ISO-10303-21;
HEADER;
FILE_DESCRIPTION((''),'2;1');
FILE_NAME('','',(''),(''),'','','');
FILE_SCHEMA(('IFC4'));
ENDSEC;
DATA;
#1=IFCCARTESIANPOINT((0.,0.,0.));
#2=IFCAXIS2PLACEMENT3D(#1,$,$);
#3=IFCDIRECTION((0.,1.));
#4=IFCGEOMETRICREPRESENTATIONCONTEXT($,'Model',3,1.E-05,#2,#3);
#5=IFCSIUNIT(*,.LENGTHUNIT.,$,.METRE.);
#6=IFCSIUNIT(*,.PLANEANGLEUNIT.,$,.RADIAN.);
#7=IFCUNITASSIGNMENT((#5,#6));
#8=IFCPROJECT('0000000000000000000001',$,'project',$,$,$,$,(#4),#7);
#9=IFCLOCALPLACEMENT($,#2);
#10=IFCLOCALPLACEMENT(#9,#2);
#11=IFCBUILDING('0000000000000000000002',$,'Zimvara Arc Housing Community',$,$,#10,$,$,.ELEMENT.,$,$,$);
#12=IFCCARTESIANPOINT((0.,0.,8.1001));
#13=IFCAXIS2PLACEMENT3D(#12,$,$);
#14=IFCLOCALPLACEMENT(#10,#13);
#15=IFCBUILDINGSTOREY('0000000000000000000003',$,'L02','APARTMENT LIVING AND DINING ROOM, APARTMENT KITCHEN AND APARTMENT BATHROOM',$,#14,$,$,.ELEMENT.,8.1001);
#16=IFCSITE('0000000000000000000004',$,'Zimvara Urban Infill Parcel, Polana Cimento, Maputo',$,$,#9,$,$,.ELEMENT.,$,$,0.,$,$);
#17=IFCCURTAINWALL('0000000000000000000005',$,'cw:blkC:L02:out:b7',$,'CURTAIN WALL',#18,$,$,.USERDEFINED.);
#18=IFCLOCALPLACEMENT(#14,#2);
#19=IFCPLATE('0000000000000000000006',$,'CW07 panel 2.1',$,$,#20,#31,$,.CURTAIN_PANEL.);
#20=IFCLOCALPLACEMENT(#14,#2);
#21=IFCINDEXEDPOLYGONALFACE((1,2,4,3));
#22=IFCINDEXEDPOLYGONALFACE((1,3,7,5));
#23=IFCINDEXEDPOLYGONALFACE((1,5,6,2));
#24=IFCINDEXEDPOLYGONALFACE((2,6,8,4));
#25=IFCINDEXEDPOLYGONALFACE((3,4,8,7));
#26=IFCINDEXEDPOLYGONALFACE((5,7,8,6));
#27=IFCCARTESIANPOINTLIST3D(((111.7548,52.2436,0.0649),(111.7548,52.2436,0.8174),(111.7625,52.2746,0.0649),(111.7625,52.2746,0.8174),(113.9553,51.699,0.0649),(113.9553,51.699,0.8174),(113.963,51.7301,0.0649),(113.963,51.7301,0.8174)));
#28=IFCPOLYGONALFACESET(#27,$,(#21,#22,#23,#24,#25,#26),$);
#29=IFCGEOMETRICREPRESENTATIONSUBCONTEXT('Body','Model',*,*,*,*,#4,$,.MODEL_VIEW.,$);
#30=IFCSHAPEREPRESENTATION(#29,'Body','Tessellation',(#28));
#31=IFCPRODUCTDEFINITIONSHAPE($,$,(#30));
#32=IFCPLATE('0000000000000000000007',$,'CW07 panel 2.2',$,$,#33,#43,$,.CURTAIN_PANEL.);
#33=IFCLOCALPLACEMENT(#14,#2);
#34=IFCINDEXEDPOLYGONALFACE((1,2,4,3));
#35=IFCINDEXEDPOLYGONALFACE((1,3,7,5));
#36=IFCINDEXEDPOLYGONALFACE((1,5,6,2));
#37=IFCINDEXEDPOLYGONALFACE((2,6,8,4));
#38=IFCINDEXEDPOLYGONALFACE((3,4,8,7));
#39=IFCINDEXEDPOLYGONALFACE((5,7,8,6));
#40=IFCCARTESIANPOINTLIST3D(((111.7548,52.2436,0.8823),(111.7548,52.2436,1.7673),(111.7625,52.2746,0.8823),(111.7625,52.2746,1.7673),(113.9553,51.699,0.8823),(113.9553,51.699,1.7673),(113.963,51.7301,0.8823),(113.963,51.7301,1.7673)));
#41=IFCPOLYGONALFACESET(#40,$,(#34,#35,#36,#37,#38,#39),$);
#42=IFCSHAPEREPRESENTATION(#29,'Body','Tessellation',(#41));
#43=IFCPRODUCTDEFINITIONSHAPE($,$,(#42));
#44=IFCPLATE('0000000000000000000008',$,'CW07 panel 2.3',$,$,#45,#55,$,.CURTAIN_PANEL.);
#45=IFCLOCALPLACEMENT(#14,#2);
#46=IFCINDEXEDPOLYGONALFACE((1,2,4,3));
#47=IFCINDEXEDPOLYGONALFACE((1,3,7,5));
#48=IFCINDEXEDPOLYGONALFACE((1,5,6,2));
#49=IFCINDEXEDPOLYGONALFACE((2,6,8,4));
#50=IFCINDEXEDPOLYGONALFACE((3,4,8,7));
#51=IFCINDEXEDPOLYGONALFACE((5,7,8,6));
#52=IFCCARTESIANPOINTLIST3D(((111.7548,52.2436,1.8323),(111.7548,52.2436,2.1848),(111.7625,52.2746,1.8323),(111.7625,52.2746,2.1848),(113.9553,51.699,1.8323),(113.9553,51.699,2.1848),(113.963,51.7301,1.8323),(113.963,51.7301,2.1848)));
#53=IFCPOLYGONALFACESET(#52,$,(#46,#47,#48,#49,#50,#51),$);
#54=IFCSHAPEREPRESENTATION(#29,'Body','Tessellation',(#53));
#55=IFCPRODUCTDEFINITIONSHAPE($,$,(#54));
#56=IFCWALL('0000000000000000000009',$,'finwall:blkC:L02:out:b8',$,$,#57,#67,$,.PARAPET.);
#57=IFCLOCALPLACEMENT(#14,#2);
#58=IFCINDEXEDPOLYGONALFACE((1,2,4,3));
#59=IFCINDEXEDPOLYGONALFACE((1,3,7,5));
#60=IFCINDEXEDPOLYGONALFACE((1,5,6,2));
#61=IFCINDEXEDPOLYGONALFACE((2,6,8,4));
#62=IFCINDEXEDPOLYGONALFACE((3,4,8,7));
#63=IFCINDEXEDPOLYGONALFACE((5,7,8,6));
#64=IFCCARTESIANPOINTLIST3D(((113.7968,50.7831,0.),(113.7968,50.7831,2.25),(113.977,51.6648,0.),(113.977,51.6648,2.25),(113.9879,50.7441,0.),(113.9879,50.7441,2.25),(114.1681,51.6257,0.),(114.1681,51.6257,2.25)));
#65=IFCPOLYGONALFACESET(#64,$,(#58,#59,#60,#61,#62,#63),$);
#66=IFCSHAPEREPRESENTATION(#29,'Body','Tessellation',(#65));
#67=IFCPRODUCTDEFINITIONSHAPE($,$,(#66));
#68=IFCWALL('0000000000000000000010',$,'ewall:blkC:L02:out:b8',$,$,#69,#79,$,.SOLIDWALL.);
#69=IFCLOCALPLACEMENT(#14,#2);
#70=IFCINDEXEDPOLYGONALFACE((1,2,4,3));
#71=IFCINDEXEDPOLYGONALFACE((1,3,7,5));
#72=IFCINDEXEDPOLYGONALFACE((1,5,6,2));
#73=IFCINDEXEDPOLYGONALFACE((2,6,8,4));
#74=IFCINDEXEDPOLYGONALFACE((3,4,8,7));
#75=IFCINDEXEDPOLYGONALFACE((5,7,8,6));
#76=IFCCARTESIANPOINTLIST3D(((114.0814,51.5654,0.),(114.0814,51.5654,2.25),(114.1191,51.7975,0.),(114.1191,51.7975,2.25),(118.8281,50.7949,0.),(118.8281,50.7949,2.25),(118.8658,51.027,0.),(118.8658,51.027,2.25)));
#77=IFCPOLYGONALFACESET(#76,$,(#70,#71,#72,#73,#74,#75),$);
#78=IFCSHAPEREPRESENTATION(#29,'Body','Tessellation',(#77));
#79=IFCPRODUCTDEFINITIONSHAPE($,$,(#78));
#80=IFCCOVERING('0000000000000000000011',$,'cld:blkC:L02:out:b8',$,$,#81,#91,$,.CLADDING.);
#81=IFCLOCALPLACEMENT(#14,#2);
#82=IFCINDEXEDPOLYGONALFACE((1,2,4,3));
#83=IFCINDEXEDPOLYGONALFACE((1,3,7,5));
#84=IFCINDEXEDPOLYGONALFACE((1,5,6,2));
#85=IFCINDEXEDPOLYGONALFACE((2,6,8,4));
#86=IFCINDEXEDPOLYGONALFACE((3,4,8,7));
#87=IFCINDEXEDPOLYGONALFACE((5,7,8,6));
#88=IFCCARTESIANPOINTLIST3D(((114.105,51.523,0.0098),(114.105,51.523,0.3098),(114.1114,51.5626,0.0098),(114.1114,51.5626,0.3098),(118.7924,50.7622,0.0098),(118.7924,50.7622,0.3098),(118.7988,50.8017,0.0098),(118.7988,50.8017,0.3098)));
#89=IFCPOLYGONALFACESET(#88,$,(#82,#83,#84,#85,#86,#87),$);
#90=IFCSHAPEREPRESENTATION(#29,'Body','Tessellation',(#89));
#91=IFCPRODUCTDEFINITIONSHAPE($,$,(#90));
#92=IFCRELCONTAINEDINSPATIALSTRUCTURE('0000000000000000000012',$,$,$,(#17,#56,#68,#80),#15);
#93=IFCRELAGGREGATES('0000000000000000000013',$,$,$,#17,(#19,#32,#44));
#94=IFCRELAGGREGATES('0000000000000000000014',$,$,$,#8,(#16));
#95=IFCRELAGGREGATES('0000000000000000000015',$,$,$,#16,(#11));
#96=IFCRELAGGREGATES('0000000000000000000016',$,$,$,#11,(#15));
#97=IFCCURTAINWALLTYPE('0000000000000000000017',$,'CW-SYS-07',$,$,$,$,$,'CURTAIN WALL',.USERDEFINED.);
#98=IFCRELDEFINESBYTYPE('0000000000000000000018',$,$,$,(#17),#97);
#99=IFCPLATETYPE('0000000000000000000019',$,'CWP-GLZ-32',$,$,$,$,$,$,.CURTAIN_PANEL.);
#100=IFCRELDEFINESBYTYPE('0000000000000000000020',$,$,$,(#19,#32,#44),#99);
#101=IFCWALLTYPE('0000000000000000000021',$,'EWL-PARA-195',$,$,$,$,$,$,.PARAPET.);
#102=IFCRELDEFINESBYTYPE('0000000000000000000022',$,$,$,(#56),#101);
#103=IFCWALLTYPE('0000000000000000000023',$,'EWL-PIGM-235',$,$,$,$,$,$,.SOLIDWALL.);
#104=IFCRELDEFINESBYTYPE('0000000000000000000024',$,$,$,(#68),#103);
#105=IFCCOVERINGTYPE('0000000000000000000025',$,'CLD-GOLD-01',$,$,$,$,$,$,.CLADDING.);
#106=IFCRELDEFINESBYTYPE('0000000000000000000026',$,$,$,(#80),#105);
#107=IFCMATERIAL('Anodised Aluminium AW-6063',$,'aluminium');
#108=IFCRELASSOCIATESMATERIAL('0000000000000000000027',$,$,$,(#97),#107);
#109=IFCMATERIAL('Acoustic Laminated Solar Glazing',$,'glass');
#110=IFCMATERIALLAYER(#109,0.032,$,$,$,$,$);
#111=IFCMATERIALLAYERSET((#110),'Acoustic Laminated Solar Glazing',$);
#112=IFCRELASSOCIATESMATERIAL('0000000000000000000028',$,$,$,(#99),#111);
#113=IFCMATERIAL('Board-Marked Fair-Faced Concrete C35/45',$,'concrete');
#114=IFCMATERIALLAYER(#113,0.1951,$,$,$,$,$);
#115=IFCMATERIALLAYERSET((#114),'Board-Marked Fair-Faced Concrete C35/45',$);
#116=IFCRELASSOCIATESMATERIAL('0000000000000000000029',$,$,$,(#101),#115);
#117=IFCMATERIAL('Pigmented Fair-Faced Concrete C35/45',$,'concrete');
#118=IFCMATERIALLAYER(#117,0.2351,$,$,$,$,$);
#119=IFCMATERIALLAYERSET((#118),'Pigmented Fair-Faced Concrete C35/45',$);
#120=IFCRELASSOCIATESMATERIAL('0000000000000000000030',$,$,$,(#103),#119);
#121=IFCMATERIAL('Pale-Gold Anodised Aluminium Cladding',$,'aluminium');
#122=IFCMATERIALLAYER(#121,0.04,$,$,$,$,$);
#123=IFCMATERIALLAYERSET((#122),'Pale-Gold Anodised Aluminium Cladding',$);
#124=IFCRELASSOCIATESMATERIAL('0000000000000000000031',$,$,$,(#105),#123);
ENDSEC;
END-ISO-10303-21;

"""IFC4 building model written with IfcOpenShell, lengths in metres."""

from ifc_helpers import new_model, si_unit, direction, frame, frame_2d, origin, origin_2d, place, context, subcontext, project, spatial, rectangle, extrude, material, layer, layer_set, type_object, element, aggregate, save


model = new_model("IFC4")

# Units and contexts
model_context = context("Model", 3, precision=1e-05, world=origin(), true_north=direction((0.0, 1.0)))
body_context = subcontext(model_context, "Body", "Model", "MODEL_VIEW")
ifc_project = project(units=[si_unit("LENGTHUNIT", "METRE"), si_unit("PLANEANGLEUNIT", "RADIAN")], contexts=[model_context])

# Site, building, storey
site_placement = place(None, origin())
site = spatial("IfcSite", under=ifc_project, at=site_placement, Name="Zimvara Urban Infill Parcel, Polana Cimento, Maputo", CompositionType="ELEMENT", RefElevation=0.0)
building_placement = place(site_placement, origin())
building = spatial("IfcBuilding", under=site, at=building_placement, Name="Zimvara Arc Housing Community", CompositionType="ELEMENT")
storey_placement = place(building_placement, frame((0.0, 0.0, 8.1001)))
storey = spatial("IfcBuildingStorey", under=building, at=storey_placement, Name="L02", Description="APARTMENT LIVING AND DINING ROOM, APARTMENT KITCHEN AND APARTMENT BATHROOM", CompositionType="ELEMENT", Elevation=8.1001)

# Curtain wall
ifc_material_1 = material(Name="Anodised Aluminium AW-6063", Category="aluminium")
curtain_wall_type_1 = type_object("IfcCurtainWallType", Name="CW-SYS-07", ElementType="CURTAIN WALL", PredefinedType="USERDEFINED", material=ifc_material_1)
curtain_wall_1_placement = place(storey_placement, origin())
curtain_wall_1 = element("IfcCurtainWall", 1, at=curtain_wall_1_placement, inside=storey, type_object=curtain_wall_type_1, Name="cw:blkC:L02:out:b7", ObjectType="CURTAIN WALL", PredefinedType="USERDEFINED")

# Plates
ifc_material_2 = material(Name="Acoustic Laminated Solar Glazing", Category="glass")
ifc_layer_1 = layer(ifc_material_2, 0.032)
ifc_layer_set_1 = layer_set([ifc_layer_1], Name="Acoustic Laminated Solar Glazing")
plate_type_1 = type_object("IfcPlateType", Name="CWP-GLZ-32", PredefinedType="CURTAIN_PANEL", material=ifc_layer_set_1)
plate_1_placement = place(storey_placement, frame((112.8589, 51.9868, 0.0649), z_axis=(0.0, 0.0, 1.0), x_axis=(0.970716, -0.24023, 0.0)))
plate_1 = element("IfcPlate", 2, at=plate_1_placement, type_object=plate_type_1, Name="CW07 panel 2.1", PredefinedType="CURTAIN_PANEL", context=body_context, shape_type="SweptSolid", body=[
    extrude(rectangle(XDim=2.2668, YDim=0.032, at=origin_2d()), origin(), (0.0, 0.0, 1.0), 0.7524),
])
plate_2_placement = place(storey_placement, frame((112.8589, 51.9868, 0.8823), z_axis=(0.0, 0.0, 1.0), x_axis=(0.970716, -0.24023, 0.0)))
plate_2 = element("IfcPlate", 3, at=plate_2_placement, type_object=plate_type_1, Name="CW07 panel 2.2", PredefinedType="CURTAIN_PANEL", context=body_context, shape_type="SweptSolid", body=[
    extrude(rectangle(XDim=2.2668, YDim=0.032, at=origin_2d()), origin(), (0.0, 0.0, 1.0), 0.885),
])
plate_3_placement = place(storey_placement, frame((112.8589, 51.9868, 1.8323), z_axis=(0.0, 0.0, 1.0), x_axis=(0.970716, -0.24023, 0.0)))
plate_3 = element("IfcPlate", 4, at=plate_3_placement, type_object=plate_type_1, Name="CW07 panel 2.3", PredefinedType="CURTAIN_PANEL", context=body_context, shape_type="SweptSolid", body=[
    extrude(rectangle(XDim=2.2668, YDim=0.032, at=origin_2d()), origin(), (0.0, 0.0, 1.0), 0.3525),
])
aggregate(curtain_wall_1, [plate_1, plate_2, plate_3])

# Walls
ifc_material_3 = material(Name="Board-Marked Fair-Faced Concrete C35/45", Category="concrete")
ifc_layer_2 = layer(ifc_material_3, 0.1951)
ifc_layer_set_2 = layer_set([ifc_layer_2], Name="Board-Marked Fair-Faced Concrete C35/45")
wall_type_1 = type_object("IfcWallType", Name="EWL-PARA-195", PredefinedType="PARAPET", material=ifc_layer_set_2)
wall_1_placement = place(storey_placement, frame((114.0725, 51.6453, 0.0), z_axis=(0.0, 0.0, 1.0), x_axis=(-0.200236, -0.979748, 0.0)))
element("IfcWall", 5, at=wall_1_placement, inside=storey, type_object=wall_type_1, Name="finwall:blkC:L02:out:b8", PredefinedType="PARAPET", context=body_context, shape_type="SweptSolid", body=[
    extrude(rectangle(XDim=0.8999, YDim=0.1951, at=frame_2d((0.45, 0.0))), origin(), (0.0, 0.0, 1.0), 2.25),
])
ifc_material_4 = material(Name="Pigmented Fair-Faced Concrete C35/45", Category="concrete")
ifc_layer_3 = layer(ifc_material_4, 0.2351)
ifc_layer_set_3 = layer_set([ifc_layer_3], Name="Pigmented Fair-Faced Concrete C35/45")
wall_type_2 = type_object("IfcWallType", Name="EWL-PIGM-235", PredefinedType="SOLIDWALL", material=ifc_layer_set_3)
wall_2_placement = place(storey_placement, frame((114.1003, 51.6814, 0.0), z_axis=(0.0, 0.0, 1.0), x_axis=(0.987081, -0.160224, 0.0)))
element("IfcWall", 6, at=wall_2_placement, inside=storey, type_object=wall_type_2, Name="ewall:blkC:L02:out:b8", PredefinedType="SOLIDWALL", context=body_context, shape_type="SweptSolid", body=[
    extrude(rectangle(XDim=4.8088, YDim=0.2351, at=frame_2d((2.4043, 0.0))), origin(), (0.0, 0.0, 1.0), 2.25),
])

# Covering
ifc_material_5 = material(Name="Pale-Gold Anodised Aluminium Cladding", Category="aluminium")
ifc_layer_4 = layer(ifc_material_5, 0.04)
ifc_layer_set_4 = layer_set([ifc_layer_4], Name="Pale-Gold Anodised Aluminium Cladding")
covering_type = type_object("IfcCoveringType", Name="CLD-GOLD-01", PredefinedType="CLADDING", material=ifc_layer_set_4)
covering_placement = place(storey_placement, frame((116.4519, 51.1624, 0.0098), z_axis=(0.0, 0.0, 1.0), x_axis=(0.98708, -0.160226, 0.0)))
element("IfcCovering", 7, at=covering_placement, inside=storey, type_object=covering_type, Name="cld:blkC:L02:out:b8", PredefinedType="CLADDING", context=body_context, shape_type="SweptSolid", body=[
    extrude(rectangle(XDim=4.7488, YDim=0.04, at=origin_2d()), origin(), (0.0, 0.0, 1.0), 0.3),
])

save(model, "model.ifc")
